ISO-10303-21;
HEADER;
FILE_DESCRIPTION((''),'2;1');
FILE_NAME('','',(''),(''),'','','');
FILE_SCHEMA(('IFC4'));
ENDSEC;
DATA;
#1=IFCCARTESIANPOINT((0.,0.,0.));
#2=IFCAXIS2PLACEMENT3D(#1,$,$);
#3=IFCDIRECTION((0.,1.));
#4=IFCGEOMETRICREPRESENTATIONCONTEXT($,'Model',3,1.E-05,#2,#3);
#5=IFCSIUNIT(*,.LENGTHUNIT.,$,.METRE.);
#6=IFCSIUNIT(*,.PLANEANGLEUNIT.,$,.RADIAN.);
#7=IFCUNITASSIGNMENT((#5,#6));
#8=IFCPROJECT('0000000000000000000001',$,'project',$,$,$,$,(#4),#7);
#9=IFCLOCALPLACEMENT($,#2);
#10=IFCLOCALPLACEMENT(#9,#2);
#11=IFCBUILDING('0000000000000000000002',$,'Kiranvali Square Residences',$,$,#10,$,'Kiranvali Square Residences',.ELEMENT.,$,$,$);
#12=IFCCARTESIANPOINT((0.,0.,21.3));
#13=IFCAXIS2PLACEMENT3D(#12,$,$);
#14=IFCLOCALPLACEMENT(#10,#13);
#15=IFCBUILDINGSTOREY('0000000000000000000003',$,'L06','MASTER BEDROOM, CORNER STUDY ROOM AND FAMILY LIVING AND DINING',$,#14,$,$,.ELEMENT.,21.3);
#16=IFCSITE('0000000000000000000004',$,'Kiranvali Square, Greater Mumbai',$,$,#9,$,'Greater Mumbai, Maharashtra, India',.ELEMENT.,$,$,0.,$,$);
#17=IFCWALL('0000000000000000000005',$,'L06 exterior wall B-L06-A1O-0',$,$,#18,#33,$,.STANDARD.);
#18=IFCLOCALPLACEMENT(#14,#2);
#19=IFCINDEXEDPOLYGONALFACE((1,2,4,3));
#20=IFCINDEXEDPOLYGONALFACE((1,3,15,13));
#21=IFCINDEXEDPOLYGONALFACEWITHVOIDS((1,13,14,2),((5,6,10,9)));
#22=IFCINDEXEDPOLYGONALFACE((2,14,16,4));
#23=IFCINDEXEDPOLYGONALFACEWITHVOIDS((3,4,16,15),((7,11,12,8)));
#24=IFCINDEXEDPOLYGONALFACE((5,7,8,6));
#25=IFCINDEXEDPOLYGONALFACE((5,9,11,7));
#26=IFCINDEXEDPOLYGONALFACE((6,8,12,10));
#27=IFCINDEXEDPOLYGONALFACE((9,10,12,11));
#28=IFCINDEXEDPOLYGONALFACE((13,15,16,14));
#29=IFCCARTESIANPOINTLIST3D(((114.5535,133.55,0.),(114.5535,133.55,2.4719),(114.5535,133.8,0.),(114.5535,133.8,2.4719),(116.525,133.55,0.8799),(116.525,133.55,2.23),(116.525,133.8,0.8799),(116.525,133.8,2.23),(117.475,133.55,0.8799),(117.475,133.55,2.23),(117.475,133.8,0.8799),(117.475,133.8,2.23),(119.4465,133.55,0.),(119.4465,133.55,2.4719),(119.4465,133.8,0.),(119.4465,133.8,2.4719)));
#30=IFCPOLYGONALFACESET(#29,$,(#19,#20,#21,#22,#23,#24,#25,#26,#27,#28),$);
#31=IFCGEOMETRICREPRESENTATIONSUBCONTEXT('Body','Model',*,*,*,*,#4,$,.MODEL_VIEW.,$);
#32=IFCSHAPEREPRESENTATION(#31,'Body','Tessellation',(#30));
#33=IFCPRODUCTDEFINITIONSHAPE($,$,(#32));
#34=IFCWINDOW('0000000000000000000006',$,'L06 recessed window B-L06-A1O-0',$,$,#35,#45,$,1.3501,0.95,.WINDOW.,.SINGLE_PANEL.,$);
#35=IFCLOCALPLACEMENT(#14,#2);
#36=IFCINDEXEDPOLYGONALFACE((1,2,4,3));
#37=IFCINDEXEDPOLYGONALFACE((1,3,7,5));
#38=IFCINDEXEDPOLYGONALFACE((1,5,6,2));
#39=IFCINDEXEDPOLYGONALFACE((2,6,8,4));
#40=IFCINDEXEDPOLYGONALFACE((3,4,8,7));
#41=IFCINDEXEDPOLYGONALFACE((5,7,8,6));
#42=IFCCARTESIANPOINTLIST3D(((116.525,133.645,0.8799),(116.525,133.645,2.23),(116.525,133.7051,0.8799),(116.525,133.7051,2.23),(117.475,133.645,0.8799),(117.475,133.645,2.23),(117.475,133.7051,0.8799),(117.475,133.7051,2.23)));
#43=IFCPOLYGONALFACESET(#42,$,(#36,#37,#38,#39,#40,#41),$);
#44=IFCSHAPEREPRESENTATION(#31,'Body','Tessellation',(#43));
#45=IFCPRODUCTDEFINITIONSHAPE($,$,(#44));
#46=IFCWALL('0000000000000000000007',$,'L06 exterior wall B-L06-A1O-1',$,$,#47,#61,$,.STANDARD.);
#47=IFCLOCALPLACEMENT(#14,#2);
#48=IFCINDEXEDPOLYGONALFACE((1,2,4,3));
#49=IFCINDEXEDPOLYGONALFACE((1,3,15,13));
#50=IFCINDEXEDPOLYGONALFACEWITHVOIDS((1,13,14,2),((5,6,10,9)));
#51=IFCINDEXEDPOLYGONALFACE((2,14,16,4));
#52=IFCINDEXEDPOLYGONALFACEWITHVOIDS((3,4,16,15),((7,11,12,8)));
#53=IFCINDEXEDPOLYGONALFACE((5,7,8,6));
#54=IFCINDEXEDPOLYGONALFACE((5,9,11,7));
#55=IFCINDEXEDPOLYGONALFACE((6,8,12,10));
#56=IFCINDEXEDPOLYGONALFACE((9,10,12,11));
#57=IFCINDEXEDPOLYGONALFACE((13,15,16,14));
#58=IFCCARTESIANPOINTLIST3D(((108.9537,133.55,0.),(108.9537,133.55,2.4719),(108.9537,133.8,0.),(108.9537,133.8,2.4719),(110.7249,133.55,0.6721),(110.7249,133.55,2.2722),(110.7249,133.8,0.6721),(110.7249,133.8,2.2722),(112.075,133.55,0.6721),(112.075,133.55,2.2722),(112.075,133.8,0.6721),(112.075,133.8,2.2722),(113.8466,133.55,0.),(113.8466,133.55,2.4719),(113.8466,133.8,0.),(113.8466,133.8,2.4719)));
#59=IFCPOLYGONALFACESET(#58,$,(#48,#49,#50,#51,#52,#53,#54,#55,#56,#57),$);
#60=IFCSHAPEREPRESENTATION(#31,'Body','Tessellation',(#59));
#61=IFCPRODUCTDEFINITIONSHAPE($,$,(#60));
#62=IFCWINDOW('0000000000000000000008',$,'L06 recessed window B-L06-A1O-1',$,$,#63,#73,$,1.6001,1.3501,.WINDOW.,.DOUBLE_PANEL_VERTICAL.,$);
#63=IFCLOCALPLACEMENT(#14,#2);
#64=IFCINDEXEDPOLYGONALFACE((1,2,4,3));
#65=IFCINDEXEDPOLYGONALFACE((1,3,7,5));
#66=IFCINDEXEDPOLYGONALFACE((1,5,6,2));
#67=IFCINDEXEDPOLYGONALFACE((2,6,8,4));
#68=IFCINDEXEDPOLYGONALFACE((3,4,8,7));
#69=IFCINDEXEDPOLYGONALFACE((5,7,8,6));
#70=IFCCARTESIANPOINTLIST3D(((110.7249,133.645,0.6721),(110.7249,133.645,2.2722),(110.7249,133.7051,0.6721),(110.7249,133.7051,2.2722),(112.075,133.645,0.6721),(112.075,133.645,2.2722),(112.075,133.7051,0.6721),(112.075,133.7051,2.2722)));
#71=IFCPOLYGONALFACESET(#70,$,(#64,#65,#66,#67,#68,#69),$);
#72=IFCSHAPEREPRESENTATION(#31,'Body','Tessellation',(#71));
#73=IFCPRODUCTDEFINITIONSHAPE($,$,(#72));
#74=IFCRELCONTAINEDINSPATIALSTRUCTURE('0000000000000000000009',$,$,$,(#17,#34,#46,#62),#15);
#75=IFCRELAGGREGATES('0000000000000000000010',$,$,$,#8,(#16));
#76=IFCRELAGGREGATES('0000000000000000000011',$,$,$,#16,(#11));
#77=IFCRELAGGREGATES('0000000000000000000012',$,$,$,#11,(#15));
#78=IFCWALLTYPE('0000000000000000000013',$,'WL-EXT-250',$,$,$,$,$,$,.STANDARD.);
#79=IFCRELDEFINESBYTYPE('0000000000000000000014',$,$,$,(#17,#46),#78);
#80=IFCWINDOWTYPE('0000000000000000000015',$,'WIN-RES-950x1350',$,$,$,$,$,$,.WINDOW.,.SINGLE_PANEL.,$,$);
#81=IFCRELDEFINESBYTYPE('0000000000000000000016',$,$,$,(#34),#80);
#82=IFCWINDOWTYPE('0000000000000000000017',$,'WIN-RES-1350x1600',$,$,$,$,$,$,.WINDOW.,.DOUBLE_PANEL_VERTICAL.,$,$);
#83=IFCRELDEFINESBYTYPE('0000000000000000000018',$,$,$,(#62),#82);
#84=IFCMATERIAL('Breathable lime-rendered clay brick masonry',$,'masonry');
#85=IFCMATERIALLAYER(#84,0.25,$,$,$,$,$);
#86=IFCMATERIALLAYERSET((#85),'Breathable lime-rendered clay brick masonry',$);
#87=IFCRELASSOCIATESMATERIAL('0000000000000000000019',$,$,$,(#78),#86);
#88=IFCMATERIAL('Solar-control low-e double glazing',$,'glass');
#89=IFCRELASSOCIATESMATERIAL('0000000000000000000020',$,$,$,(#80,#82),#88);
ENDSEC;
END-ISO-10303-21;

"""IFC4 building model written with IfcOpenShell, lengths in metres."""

from ifc_helpers import new_model, si_unit, direction, frame, frame_2d, origin, place, context, subcontext, project, spatial, rectangle, extrude, material, layer, layer_set, type_object, element, fill, save


model = new_model("IFC4")

# Units and contexts
model_context = context("Model", 3, precision=1e-05, world=origin(), true_north=direction((0.0, 1.0)))
body_context = subcontext(model_context, "Body", "Model", "MODEL_VIEW")
ifc_project = project(units=[si_unit("LENGTHUNIT", "METRE"), si_unit("PLANEANGLEUNIT", "RADIAN")], contexts=[model_context])

# Site, building, storey
site_placement = place(None, origin())
site = spatial("IfcSite", under=ifc_project, at=site_placement, Name="Kiranvali Square, Greater Mumbai", LongName="Greater Mumbai, Maharashtra, India", CompositionType="ELEMENT", RefElevation=0.0)
building_placement = place(site_placement, origin())
building = spatial("IfcBuilding", under=site, at=building_placement, Name="Kiranvali Square Residences", LongName="Kiranvali Square Residences", CompositionType="ELEMENT")
storey_placement = place(building_placement, frame((0.0, 0.0, 21.3)))
storey = spatial("IfcBuildingStorey", under=building, at=storey_placement, Name="L06", Description="MASTER BEDROOM, CORNER STUDY ROOM AND FAMILY LIVING AND DINING", CompositionType="ELEMENT", Elevation=21.3)

# Walls, openings, windows
ifc_material_1 = material(Name="Breathable lime-rendered clay brick masonry", Category="masonry")
ifc_layer = layer(ifc_material_1, 0.25)
ifc_layer_set = layer_set([ifc_layer], Name="Breathable lime-rendered clay brick masonry")
wall_type = type_object("IfcWallType", Name="WL-EXT-250", PredefinedType="STANDARD", material=ifc_layer_set)
wall_1_placement = place(storey_placement, frame((119.4465, 133.675, 0.0), z_axis=(0.0, 0.0, 1.0), x_axis=(-1.0, 0.0, 0.0)))
wall_1 = element("IfcWall", 1, at=wall_1_placement, inside=storey, type_object=wall_type, Name="L06 exterior wall B-L06-A1O-0", PredefinedType="STANDARD", context=body_context, shape_type="SweptSolid", body=[
    extrude(rectangle(XDim=4.8931, YDim=0.25, at=frame_2d((2.4465, 0.0))), origin(), (0.0, 0.0, 1.0), 2.4719),
])
opening_1_placement = place(wall_1_placement, frame((1.9714, 0.0, 0.8799)))
opening_1 = element("IfcOpeningElement", 2, at=opening_1_placement, cuts=wall_1, PredefinedType="OPENING", context=body_context, shape_type="SweptSolid", body=[
    extrude(rectangle(XDim=0.95, YDim=1.3501, at=frame_2d((0.4751, 0.675))), frame((0.0, 0.135, 0.0), z_axis=(0.0, -1.0, 0.0), x_axis=(1.0, 0.0, 0.0)), (0.0, 0.0, 1.0), 0.27),
])
ifc_material_2 = material(Name="Solar-control low-e double glazing", Category="glass")
window_type_1 = type_object("IfcWindowType", Name="WIN-RES-950x1350", PartitioningType="SINGLE_PANEL", PredefinedType="WINDOW", material=ifc_material_2)
window_1_placement = place(opening_1_placement, origin())
window_1 = element("IfcWindow", 3, at=window_1_placement, inside=storey, type_object=window_type_1, Name="L06 recessed window B-L06-A1O-0", OverallHeight=1.3501, OverallWidth=0.95, PartitioningType="SINGLE_PANEL", PredefinedType="WINDOW", context=body_context, shape_type="SweptSolid", body=[
    extrude(rectangle(XDim=0.95, YDim=1.3501, at=frame_2d((0.4751, 0.675))), frame((0.0, 0.03, 0.0), z_axis=(0.0, -1.0, 0.0), x_axis=(1.0, 0.0, 0.0)), (0.0, 0.0, 1.0), 0.0601),
])
fill(opening_1, window_1)
wall_2_placement = place(storey_placement, frame((113.8464, 133.675, 0.0), z_axis=(0.0, 0.0, 1.0), x_axis=(-1.0, 0.0, 0.0)))
wall_2 = element("IfcWall", 4, at=wall_2_placement, inside=storey, type_object=wall_type, Name="L06 exterior wall B-L06-A1O-1", PredefinedType="STANDARD", context=body_context, shape_type="SweptSolid", body=[
    extrude(rectangle(XDim=4.8928, YDim=0.25, at=frame_2d((2.4463, 0.0))), origin(), (0.0, 0.0, 1.0), 2.4719),
])
opening_2_placement = place(wall_2_placement, frame((1.7715, 0.0, 0.6721)))
opening_2 = element("IfcOpeningElement", 5, at=opening_2_placement, cuts=wall_2, PredefinedType="OPENING", context=body_context, shape_type="SweptSolid", body=[
    extrude(rectangle(XDim=1.3501, YDim=1.6001, at=frame_2d((0.675, 0.8))), frame((0.0, 0.135, 0.0), z_axis=(0.0, -1.0, 0.0), x_axis=(1.0, 0.0, 0.0)), (0.0, 0.0, 1.0), 0.27),
])
window_type_2 = type_object("IfcWindowType", Name="WIN-RES-1350x1600", PartitioningType="DOUBLE_PANEL_VERTICAL", PredefinedType="WINDOW", material=ifc_material_2)
window_2_placement = place(opening_2_placement, origin())
window_2 = element("IfcWindow", 6, at=window_2_placement, inside=storey, type_object=window_type_2, Name="L06 recessed window B-L06-A1O-1", OverallHeight=1.6001, OverallWidth=1.3501, PartitioningType="DOUBLE_PANEL_VERTICAL", PredefinedType="WINDOW", context=body_context, shape_type="SweptSolid", body=[
    extrude(rectangle(XDim=1.3501, YDim=1.6001, at=frame_2d((0.675, 0.8))), frame((0.0, 0.03, 0.0), z_axis=(0.0, -1.0, 0.0), x_axis=(1.0, 0.0, 0.0)), (0.0, 0.0, 1.0), 0.0601),
])
fill(opening_2, window_2)

save(model, "model.ifc")
